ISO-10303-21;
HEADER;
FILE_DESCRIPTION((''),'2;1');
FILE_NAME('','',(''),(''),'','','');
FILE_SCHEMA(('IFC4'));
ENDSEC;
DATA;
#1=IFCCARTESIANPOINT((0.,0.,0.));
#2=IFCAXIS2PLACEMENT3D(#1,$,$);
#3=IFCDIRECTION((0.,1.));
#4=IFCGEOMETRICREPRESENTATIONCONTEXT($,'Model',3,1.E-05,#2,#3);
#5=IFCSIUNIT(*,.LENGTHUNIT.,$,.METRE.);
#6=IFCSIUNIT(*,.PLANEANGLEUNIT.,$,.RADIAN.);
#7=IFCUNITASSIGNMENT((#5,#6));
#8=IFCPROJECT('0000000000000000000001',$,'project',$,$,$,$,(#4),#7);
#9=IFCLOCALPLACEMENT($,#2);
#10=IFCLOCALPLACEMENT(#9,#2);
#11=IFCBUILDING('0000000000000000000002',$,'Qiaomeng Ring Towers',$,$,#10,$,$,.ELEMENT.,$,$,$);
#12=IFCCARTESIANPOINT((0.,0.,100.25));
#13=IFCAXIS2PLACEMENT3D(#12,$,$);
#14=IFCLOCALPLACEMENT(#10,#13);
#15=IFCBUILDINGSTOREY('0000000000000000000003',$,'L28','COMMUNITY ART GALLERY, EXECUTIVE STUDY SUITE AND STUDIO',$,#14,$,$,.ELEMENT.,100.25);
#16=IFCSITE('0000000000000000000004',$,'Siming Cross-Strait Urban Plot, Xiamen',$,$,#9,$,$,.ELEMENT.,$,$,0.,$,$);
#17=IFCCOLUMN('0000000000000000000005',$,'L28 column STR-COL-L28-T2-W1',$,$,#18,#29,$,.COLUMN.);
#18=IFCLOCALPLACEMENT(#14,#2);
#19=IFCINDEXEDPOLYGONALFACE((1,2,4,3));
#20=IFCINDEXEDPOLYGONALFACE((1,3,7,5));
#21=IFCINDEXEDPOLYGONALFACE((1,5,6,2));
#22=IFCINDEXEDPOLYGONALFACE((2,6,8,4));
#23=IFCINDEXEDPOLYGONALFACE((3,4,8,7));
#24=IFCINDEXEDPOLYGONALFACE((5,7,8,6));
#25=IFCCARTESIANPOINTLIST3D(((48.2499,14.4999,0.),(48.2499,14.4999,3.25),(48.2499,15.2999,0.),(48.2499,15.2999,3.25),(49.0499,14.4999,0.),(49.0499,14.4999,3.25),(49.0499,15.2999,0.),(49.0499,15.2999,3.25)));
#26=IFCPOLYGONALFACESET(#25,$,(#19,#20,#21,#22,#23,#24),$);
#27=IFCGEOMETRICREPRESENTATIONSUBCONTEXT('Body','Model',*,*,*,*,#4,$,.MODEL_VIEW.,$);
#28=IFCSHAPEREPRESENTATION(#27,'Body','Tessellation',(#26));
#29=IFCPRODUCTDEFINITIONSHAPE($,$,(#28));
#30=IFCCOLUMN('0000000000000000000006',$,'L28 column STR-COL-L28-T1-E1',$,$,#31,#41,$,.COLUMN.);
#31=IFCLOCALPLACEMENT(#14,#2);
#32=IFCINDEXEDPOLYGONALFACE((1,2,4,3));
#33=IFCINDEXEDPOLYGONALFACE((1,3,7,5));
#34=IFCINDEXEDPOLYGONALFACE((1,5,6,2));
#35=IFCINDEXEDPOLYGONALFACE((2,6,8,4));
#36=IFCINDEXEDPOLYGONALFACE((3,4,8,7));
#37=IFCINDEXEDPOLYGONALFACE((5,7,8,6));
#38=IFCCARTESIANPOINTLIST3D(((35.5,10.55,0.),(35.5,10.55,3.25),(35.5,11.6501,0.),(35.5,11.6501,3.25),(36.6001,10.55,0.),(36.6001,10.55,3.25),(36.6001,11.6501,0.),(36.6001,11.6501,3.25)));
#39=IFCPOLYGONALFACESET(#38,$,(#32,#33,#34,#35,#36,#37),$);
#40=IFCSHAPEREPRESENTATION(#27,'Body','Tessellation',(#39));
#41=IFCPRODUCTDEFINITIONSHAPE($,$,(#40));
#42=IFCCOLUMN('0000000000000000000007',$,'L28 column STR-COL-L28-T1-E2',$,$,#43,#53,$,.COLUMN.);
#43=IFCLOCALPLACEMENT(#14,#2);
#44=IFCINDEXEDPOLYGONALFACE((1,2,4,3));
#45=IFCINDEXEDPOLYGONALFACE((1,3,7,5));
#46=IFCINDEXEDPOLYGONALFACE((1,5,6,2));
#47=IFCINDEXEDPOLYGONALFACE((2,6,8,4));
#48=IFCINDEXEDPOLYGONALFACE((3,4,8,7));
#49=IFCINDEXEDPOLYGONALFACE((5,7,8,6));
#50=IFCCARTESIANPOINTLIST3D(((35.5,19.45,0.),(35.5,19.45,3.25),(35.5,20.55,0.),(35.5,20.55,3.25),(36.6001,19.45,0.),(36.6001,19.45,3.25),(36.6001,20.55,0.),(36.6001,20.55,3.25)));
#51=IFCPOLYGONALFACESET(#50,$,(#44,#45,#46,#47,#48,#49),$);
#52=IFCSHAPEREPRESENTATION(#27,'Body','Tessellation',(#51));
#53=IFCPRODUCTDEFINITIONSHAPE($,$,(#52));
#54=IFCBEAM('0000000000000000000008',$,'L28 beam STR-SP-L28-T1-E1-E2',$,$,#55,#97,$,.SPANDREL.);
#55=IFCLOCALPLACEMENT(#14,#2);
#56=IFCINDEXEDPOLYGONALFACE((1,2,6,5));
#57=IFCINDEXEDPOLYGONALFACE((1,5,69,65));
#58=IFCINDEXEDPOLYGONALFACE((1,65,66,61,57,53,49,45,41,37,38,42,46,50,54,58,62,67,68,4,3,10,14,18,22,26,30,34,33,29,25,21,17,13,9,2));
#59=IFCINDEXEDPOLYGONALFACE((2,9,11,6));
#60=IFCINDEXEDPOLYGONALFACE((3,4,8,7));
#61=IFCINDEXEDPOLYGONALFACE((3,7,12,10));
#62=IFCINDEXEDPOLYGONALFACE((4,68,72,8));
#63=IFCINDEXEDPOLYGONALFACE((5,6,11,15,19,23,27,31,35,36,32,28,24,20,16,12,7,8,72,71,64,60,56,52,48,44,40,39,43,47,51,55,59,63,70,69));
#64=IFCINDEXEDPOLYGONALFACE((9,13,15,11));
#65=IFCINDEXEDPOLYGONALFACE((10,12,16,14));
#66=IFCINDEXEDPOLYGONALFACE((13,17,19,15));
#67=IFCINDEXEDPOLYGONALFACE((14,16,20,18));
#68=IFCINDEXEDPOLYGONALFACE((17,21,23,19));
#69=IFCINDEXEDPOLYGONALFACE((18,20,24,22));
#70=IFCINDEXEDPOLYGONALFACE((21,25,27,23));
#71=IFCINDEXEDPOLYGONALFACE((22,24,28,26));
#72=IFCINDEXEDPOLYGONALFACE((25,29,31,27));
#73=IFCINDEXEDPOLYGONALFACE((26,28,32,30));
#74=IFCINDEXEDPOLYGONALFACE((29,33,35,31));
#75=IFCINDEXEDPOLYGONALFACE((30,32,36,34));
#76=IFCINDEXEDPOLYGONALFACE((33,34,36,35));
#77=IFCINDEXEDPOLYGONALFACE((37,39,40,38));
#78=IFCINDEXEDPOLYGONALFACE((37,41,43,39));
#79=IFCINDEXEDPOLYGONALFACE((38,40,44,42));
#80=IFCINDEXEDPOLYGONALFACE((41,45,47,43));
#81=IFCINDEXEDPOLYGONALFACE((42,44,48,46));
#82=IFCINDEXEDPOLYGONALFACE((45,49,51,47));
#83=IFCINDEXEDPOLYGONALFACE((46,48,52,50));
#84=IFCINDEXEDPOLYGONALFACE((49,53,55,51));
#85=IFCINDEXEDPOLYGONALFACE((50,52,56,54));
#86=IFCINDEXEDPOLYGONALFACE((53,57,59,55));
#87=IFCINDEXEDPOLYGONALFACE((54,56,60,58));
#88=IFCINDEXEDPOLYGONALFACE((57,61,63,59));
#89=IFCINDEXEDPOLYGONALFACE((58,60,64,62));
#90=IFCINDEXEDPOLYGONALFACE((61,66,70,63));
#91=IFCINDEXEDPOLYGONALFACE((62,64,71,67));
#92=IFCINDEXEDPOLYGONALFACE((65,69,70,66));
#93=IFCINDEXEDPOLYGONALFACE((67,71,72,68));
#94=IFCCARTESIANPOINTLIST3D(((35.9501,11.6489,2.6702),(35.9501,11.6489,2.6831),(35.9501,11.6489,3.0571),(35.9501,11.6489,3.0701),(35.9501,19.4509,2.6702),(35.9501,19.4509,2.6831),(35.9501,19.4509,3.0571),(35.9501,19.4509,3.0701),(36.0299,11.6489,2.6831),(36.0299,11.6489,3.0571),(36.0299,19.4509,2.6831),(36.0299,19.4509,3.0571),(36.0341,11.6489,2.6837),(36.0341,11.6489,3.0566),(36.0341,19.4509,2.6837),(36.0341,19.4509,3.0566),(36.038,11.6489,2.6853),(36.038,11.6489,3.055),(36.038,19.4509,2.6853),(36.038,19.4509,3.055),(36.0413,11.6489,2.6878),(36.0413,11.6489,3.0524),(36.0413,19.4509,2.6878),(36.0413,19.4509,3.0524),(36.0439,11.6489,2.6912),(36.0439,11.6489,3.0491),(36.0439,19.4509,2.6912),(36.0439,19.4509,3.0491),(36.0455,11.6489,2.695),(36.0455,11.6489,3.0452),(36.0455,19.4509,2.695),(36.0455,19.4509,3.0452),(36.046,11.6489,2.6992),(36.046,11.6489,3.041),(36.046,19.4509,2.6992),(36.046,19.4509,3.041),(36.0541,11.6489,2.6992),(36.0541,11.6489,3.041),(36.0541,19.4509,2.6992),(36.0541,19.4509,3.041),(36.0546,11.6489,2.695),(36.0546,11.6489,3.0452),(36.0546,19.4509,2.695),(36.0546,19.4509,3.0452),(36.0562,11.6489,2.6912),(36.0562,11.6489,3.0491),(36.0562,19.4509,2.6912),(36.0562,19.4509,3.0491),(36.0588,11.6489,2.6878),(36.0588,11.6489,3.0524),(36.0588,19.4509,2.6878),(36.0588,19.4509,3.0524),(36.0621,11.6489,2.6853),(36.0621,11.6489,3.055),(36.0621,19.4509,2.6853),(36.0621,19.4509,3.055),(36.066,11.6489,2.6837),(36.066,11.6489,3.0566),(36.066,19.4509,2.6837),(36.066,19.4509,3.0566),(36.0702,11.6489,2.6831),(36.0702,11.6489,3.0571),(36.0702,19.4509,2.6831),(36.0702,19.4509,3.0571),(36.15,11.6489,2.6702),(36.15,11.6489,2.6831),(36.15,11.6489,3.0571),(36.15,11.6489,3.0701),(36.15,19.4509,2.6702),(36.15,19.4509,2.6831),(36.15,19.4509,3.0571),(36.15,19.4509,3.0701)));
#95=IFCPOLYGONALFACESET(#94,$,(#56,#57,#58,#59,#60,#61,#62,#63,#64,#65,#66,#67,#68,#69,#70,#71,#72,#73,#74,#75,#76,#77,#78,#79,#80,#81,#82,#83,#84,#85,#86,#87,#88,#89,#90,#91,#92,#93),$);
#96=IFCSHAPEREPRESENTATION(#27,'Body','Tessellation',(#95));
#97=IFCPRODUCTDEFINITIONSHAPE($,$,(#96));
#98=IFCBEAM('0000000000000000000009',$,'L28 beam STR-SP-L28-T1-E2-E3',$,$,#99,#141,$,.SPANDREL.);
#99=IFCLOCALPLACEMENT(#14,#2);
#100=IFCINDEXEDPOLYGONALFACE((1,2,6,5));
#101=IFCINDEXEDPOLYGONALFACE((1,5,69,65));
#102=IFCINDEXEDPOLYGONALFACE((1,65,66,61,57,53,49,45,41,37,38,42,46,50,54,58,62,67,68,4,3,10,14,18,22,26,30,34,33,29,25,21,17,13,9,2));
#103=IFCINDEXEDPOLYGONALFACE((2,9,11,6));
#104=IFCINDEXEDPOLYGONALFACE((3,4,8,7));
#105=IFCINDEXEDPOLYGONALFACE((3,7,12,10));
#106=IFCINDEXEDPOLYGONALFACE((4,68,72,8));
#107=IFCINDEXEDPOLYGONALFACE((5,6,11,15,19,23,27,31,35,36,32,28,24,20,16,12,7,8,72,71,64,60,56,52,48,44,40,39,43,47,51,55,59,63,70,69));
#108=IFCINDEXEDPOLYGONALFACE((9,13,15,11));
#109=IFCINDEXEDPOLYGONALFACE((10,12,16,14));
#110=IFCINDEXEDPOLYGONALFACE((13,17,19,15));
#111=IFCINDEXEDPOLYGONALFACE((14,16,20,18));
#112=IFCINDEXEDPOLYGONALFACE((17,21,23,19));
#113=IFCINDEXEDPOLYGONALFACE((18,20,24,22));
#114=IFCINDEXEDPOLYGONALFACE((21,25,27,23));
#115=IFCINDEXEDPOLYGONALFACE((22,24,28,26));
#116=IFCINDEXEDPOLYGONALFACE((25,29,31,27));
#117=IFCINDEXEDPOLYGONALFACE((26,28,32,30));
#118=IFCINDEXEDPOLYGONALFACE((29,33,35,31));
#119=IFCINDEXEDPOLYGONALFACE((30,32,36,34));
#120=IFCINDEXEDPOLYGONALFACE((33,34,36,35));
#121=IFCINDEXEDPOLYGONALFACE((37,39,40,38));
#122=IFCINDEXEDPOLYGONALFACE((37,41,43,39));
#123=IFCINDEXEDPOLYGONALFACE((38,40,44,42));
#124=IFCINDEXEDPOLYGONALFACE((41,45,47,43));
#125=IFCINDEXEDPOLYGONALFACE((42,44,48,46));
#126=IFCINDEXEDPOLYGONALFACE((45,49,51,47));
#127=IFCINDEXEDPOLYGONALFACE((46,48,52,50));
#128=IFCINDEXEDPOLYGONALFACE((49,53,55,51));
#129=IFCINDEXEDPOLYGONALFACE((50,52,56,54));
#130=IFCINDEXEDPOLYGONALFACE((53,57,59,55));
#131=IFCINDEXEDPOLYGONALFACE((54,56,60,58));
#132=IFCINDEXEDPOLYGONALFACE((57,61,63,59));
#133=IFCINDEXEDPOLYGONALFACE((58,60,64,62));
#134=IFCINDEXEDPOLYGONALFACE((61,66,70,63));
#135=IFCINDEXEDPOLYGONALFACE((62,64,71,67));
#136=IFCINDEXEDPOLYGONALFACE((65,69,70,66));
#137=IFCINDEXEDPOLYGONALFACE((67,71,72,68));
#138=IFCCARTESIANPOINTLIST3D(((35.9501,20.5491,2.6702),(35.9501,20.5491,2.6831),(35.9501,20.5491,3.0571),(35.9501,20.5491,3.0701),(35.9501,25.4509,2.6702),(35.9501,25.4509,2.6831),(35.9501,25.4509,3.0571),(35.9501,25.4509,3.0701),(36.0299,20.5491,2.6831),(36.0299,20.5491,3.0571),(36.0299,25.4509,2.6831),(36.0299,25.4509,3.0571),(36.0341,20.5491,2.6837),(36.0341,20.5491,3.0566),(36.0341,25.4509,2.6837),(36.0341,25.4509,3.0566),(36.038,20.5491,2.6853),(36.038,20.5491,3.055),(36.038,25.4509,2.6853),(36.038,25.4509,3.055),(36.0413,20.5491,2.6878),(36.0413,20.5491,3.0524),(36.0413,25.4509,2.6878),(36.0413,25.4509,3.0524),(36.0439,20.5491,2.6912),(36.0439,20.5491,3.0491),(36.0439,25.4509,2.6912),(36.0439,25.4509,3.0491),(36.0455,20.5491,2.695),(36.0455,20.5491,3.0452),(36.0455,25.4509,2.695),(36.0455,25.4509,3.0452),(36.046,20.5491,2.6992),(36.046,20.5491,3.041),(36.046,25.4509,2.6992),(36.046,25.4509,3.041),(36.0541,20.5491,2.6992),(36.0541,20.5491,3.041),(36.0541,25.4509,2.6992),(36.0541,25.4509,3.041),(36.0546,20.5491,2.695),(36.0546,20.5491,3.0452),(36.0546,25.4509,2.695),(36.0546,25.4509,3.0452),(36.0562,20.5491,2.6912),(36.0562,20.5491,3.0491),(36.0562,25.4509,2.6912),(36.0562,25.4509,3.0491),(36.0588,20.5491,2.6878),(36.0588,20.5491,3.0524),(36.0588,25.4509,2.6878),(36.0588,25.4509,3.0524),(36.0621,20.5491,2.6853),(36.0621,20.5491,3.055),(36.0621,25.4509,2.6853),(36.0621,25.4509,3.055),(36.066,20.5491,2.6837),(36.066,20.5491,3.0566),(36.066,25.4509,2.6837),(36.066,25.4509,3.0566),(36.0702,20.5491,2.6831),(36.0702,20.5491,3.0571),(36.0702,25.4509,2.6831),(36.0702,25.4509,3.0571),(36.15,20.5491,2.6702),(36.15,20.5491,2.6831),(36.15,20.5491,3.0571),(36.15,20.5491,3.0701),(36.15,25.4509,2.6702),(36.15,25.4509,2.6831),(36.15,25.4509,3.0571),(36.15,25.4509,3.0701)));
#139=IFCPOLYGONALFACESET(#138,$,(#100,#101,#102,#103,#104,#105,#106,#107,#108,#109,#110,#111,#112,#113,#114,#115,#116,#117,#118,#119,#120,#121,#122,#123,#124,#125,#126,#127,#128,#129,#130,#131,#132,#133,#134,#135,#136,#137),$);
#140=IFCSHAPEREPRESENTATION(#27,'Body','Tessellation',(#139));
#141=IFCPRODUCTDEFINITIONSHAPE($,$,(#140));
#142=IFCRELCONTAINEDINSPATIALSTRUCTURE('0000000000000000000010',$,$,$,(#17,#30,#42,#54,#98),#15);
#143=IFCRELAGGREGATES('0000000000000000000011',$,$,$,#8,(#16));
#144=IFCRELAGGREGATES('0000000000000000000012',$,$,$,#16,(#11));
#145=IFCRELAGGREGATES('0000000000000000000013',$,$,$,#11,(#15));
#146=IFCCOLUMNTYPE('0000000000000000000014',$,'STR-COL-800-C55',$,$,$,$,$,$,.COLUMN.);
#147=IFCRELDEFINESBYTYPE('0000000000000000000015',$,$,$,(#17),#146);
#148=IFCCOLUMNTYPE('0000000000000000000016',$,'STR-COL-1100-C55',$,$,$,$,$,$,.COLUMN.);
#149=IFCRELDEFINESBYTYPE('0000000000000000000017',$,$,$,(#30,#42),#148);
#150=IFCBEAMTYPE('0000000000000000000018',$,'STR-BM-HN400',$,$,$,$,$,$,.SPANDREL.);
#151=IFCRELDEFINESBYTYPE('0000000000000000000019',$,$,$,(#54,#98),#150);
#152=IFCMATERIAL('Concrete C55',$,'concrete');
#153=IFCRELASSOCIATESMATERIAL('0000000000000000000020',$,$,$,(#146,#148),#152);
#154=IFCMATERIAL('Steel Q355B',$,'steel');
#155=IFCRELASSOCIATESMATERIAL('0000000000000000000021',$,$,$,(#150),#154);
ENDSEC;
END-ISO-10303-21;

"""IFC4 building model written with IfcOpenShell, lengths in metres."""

from ifc_helpers import new_model, si_unit, direction, frame, origin, origin_2d, place, context, subcontext, project, spatial, rectangle, i_section, extrude, source, transform, mapped, material, material_profile, profile_set, type_object, element, save


model = new_model("IFC4")

# Units and contexts
model_context = context("Model", 3, precision=1e-05, world=origin(), true_north=direction((0.0, 1.0)))
body_context = subcontext(model_context, "Body", "Model", "MODEL_VIEW")
ifc_project = project(units=[si_unit("LENGTHUNIT", "METRE"), si_unit("PLANEANGLEUNIT", "RADIAN")], contexts=[model_context])

# Site, building, storey
site_placement = place(None, origin())
site = spatial("IfcSite", under=ifc_project, at=site_placement, Name="Siming Cross-Strait Urban Plot, Xiamen", CompositionType="ELEMENT", RefElevation=0.0)
building_placement = place(site_placement, origin())
building = spatial("IfcBuilding", under=site, at=building_placement, Name="Qiaomeng Ring Towers", CompositionType="ELEMENT")
storey_placement = place(building_placement, frame((0.0, 0.0, 100.25)))
storey = spatial("IfcBuildingStorey", under=building, at=storey_placement, Name="L28", Description="COMMUNITY ART GALLERY, EXECUTIVE STUDY SUITE AND STUDIO", CompositionType="ELEMENT", Elevation=100.25)

# Columns
ifc_material_1 = material(Name="Concrete C55", Category="concrete")
ifc_material_profile_1 = material_profile(ifc_material_1, rectangle(XDim=0.8, YDim=0.8, at=origin_2d()), Name="RC COL 800x800")
ifc_profile_set_1 = profile_set([ifc_material_profile_1], Name="Concrete C55")
column_type_1 = type_object("IfcColumnType", Name="STR-COL-800-C55", PredefinedType="COLUMN", material=ifc_profile_set_1)
shared_shape_1 = source(origin(), body_context, "Body", "SweptSolid", [
    extrude(rectangle(XDim=0.8, YDim=0.8, at=origin_2d()), origin(), (0.0, 0.0, 1.0), 3.25),
])
column_placement = place(storey_placement, frame((48.6499, 14.8999, 0.0), z_axis=(0.0, 0.0, 1.0), x_axis=(1.0, 0.0, 0.0)))
element("IfcColumn", 1, at=column_placement, inside=storey, type_object=column_type_1, Name="L28 column STR-COL-L28-T2-W1", PredefinedType="COLUMN", context=body_context, shape_type="MappedRepresentation", body=[
    mapped(shared_shape_1, transform((0.0, 0.0, 0.0), x_axis=(1.0, 0.0, 0.0), y_axis=(0.0, 1.0, 0.0), z_axis=(0.0, 0.0, 1.0), scale=1.0)),
])
ifc_material_profile_2 = material_profile(ifc_material_1, rectangle(XDim=1.1001, YDim=1.1001, at=origin_2d()), Name="RC COL 1100x1100")
ifc_profile_set_2 = profile_set([ifc_material_profile_2], Name="Concrete C55")
column_type_2 = type_object("IfcColumnType", Name="STR-COL-1100-C55", PredefinedType="COLUMN", material=ifc_profile_set_2)
shared_shape_2 = source(origin(), body_context, "Body", "SweptSolid", [
    extrude(rectangle(XDim=1.1001, YDim=1.1001, at=origin_2d()), origin(), (0.0, 0.0, 1.0), 3.25),
])
for number, where, z_axis, x_axis, name in (
    (2, (36.05, 11.1001, 0.0), (0.0, 0.0, 1.0), (1.0, 0.0, 0.0), "L28 column STR-COL-L28-T1-E1"),
    (3, (36.05, 20.0, 0.0), (0.0, 0.0, 1.0), (1.0, 0.0, 0.0), "L28 column STR-COL-L28-T1-E2"),
):
    element("IfcColumn", number, at=place(storey_placement, frame(where, z_axis=z_axis, x_axis=x_axis)), inside=storey, type_object=column_type_2, Name=name, PredefinedType="COLUMN", context=body_context, shape_type="MappedRepresentation", body=[
        mapped(shared_shape_2, transform((0.0, 0.0, 0.0), x_axis=(1.0, 0.0, 0.0), y_axis=(0.0, 1.0, 0.0), z_axis=(0.0, 0.0, 1.0), scale=1.0)),
    ])

# Beams
ifc_material_2 = material(Name="Steel Q355B", Category="steel")
ifc_material_profile_3 = material_profile(ifc_material_2, i_section(OverallWidth=0.2, OverallDepth=0.3999, WebThickness=0.0081, FlangeThickness=0.0129, FilletRadius=0.0161, at=origin_2d()), Name="HN 400x200x8x13")
ifc_profile_set_3 = profile_set([ifc_material_profile_3], Name="Steel Q355B")
beam_type_1 = type_object("IfcBeamType", Name="STR-BM-HN400", PredefinedType="SPANDREL", material=ifc_profile_set_3)
shared_shape_3 = source(origin(), body_context, "Body", "SweptSolid", [
    extrude(i_section(OverallWidth=0.2, OverallDepth=0.3999, WebThickness=0.0081, FlangeThickness=0.0129, FilletRadius=0.0161, at=origin_2d()), origin(), (0.0, 0.0, 1.0), 7.802),
])
beam_1_placement = place(storey_placement, frame((36.05, 11.6489, 2.8701), z_axis=(0.0, 1.0, 0.0), x_axis=(-1.0, 0.0, 0.0)))
element("IfcBeam", 4, at=beam_1_placement, inside=storey, type_object=beam_type_1, Name="L28 beam STR-SP-L28-T1-E1-E2", PredefinedType="SPANDREL", context=body_context, shape_type="MappedRepresentation", body=[
    mapped(shared_shape_3, transform((0.0, 0.0, 0.0), x_axis=(1.0, 0.0, 0.0), y_axis=(0.0, 1.0, 0.0), z_axis=(0.0, 0.0, 1.0), scale=1.0)),
])
shared_shape_4 = source(origin(), body_context, "Body", "SweptSolid", [
    extrude(i_section(OverallWidth=0.2, OverallDepth=0.3999, WebThickness=0.0081, FlangeThickness=0.0129, FilletRadius=0.0161, at=origin_2d()), origin(), (0.0, 0.0, 1.0), 4.9019),
])
beam_2_placement = place(storey_placement, frame((36.05, 20.5491, 2.8701), z_axis=(0.0, 1.0, 0.0), x_axis=(-1.0, 0.0, 0.0)))
element("IfcBeam", 5, at=beam_2_placement, inside=storey, type_object=beam_type_1, Name="L28 beam STR-SP-L28-T1-E2-E3", PredefinedType="SPANDREL", context=body_context, shape_type="MappedRepresentation", body=[
    mapped(shared_shape_4, transform((0.0, 0.0, 0.0), x_axis=(1.0, 0.0, 0.0), y_axis=(0.0, 1.0, 0.0), z_axis=(0.0, 0.0, 1.0), scale=1.0)),
])

save(model, "model.ifc")
